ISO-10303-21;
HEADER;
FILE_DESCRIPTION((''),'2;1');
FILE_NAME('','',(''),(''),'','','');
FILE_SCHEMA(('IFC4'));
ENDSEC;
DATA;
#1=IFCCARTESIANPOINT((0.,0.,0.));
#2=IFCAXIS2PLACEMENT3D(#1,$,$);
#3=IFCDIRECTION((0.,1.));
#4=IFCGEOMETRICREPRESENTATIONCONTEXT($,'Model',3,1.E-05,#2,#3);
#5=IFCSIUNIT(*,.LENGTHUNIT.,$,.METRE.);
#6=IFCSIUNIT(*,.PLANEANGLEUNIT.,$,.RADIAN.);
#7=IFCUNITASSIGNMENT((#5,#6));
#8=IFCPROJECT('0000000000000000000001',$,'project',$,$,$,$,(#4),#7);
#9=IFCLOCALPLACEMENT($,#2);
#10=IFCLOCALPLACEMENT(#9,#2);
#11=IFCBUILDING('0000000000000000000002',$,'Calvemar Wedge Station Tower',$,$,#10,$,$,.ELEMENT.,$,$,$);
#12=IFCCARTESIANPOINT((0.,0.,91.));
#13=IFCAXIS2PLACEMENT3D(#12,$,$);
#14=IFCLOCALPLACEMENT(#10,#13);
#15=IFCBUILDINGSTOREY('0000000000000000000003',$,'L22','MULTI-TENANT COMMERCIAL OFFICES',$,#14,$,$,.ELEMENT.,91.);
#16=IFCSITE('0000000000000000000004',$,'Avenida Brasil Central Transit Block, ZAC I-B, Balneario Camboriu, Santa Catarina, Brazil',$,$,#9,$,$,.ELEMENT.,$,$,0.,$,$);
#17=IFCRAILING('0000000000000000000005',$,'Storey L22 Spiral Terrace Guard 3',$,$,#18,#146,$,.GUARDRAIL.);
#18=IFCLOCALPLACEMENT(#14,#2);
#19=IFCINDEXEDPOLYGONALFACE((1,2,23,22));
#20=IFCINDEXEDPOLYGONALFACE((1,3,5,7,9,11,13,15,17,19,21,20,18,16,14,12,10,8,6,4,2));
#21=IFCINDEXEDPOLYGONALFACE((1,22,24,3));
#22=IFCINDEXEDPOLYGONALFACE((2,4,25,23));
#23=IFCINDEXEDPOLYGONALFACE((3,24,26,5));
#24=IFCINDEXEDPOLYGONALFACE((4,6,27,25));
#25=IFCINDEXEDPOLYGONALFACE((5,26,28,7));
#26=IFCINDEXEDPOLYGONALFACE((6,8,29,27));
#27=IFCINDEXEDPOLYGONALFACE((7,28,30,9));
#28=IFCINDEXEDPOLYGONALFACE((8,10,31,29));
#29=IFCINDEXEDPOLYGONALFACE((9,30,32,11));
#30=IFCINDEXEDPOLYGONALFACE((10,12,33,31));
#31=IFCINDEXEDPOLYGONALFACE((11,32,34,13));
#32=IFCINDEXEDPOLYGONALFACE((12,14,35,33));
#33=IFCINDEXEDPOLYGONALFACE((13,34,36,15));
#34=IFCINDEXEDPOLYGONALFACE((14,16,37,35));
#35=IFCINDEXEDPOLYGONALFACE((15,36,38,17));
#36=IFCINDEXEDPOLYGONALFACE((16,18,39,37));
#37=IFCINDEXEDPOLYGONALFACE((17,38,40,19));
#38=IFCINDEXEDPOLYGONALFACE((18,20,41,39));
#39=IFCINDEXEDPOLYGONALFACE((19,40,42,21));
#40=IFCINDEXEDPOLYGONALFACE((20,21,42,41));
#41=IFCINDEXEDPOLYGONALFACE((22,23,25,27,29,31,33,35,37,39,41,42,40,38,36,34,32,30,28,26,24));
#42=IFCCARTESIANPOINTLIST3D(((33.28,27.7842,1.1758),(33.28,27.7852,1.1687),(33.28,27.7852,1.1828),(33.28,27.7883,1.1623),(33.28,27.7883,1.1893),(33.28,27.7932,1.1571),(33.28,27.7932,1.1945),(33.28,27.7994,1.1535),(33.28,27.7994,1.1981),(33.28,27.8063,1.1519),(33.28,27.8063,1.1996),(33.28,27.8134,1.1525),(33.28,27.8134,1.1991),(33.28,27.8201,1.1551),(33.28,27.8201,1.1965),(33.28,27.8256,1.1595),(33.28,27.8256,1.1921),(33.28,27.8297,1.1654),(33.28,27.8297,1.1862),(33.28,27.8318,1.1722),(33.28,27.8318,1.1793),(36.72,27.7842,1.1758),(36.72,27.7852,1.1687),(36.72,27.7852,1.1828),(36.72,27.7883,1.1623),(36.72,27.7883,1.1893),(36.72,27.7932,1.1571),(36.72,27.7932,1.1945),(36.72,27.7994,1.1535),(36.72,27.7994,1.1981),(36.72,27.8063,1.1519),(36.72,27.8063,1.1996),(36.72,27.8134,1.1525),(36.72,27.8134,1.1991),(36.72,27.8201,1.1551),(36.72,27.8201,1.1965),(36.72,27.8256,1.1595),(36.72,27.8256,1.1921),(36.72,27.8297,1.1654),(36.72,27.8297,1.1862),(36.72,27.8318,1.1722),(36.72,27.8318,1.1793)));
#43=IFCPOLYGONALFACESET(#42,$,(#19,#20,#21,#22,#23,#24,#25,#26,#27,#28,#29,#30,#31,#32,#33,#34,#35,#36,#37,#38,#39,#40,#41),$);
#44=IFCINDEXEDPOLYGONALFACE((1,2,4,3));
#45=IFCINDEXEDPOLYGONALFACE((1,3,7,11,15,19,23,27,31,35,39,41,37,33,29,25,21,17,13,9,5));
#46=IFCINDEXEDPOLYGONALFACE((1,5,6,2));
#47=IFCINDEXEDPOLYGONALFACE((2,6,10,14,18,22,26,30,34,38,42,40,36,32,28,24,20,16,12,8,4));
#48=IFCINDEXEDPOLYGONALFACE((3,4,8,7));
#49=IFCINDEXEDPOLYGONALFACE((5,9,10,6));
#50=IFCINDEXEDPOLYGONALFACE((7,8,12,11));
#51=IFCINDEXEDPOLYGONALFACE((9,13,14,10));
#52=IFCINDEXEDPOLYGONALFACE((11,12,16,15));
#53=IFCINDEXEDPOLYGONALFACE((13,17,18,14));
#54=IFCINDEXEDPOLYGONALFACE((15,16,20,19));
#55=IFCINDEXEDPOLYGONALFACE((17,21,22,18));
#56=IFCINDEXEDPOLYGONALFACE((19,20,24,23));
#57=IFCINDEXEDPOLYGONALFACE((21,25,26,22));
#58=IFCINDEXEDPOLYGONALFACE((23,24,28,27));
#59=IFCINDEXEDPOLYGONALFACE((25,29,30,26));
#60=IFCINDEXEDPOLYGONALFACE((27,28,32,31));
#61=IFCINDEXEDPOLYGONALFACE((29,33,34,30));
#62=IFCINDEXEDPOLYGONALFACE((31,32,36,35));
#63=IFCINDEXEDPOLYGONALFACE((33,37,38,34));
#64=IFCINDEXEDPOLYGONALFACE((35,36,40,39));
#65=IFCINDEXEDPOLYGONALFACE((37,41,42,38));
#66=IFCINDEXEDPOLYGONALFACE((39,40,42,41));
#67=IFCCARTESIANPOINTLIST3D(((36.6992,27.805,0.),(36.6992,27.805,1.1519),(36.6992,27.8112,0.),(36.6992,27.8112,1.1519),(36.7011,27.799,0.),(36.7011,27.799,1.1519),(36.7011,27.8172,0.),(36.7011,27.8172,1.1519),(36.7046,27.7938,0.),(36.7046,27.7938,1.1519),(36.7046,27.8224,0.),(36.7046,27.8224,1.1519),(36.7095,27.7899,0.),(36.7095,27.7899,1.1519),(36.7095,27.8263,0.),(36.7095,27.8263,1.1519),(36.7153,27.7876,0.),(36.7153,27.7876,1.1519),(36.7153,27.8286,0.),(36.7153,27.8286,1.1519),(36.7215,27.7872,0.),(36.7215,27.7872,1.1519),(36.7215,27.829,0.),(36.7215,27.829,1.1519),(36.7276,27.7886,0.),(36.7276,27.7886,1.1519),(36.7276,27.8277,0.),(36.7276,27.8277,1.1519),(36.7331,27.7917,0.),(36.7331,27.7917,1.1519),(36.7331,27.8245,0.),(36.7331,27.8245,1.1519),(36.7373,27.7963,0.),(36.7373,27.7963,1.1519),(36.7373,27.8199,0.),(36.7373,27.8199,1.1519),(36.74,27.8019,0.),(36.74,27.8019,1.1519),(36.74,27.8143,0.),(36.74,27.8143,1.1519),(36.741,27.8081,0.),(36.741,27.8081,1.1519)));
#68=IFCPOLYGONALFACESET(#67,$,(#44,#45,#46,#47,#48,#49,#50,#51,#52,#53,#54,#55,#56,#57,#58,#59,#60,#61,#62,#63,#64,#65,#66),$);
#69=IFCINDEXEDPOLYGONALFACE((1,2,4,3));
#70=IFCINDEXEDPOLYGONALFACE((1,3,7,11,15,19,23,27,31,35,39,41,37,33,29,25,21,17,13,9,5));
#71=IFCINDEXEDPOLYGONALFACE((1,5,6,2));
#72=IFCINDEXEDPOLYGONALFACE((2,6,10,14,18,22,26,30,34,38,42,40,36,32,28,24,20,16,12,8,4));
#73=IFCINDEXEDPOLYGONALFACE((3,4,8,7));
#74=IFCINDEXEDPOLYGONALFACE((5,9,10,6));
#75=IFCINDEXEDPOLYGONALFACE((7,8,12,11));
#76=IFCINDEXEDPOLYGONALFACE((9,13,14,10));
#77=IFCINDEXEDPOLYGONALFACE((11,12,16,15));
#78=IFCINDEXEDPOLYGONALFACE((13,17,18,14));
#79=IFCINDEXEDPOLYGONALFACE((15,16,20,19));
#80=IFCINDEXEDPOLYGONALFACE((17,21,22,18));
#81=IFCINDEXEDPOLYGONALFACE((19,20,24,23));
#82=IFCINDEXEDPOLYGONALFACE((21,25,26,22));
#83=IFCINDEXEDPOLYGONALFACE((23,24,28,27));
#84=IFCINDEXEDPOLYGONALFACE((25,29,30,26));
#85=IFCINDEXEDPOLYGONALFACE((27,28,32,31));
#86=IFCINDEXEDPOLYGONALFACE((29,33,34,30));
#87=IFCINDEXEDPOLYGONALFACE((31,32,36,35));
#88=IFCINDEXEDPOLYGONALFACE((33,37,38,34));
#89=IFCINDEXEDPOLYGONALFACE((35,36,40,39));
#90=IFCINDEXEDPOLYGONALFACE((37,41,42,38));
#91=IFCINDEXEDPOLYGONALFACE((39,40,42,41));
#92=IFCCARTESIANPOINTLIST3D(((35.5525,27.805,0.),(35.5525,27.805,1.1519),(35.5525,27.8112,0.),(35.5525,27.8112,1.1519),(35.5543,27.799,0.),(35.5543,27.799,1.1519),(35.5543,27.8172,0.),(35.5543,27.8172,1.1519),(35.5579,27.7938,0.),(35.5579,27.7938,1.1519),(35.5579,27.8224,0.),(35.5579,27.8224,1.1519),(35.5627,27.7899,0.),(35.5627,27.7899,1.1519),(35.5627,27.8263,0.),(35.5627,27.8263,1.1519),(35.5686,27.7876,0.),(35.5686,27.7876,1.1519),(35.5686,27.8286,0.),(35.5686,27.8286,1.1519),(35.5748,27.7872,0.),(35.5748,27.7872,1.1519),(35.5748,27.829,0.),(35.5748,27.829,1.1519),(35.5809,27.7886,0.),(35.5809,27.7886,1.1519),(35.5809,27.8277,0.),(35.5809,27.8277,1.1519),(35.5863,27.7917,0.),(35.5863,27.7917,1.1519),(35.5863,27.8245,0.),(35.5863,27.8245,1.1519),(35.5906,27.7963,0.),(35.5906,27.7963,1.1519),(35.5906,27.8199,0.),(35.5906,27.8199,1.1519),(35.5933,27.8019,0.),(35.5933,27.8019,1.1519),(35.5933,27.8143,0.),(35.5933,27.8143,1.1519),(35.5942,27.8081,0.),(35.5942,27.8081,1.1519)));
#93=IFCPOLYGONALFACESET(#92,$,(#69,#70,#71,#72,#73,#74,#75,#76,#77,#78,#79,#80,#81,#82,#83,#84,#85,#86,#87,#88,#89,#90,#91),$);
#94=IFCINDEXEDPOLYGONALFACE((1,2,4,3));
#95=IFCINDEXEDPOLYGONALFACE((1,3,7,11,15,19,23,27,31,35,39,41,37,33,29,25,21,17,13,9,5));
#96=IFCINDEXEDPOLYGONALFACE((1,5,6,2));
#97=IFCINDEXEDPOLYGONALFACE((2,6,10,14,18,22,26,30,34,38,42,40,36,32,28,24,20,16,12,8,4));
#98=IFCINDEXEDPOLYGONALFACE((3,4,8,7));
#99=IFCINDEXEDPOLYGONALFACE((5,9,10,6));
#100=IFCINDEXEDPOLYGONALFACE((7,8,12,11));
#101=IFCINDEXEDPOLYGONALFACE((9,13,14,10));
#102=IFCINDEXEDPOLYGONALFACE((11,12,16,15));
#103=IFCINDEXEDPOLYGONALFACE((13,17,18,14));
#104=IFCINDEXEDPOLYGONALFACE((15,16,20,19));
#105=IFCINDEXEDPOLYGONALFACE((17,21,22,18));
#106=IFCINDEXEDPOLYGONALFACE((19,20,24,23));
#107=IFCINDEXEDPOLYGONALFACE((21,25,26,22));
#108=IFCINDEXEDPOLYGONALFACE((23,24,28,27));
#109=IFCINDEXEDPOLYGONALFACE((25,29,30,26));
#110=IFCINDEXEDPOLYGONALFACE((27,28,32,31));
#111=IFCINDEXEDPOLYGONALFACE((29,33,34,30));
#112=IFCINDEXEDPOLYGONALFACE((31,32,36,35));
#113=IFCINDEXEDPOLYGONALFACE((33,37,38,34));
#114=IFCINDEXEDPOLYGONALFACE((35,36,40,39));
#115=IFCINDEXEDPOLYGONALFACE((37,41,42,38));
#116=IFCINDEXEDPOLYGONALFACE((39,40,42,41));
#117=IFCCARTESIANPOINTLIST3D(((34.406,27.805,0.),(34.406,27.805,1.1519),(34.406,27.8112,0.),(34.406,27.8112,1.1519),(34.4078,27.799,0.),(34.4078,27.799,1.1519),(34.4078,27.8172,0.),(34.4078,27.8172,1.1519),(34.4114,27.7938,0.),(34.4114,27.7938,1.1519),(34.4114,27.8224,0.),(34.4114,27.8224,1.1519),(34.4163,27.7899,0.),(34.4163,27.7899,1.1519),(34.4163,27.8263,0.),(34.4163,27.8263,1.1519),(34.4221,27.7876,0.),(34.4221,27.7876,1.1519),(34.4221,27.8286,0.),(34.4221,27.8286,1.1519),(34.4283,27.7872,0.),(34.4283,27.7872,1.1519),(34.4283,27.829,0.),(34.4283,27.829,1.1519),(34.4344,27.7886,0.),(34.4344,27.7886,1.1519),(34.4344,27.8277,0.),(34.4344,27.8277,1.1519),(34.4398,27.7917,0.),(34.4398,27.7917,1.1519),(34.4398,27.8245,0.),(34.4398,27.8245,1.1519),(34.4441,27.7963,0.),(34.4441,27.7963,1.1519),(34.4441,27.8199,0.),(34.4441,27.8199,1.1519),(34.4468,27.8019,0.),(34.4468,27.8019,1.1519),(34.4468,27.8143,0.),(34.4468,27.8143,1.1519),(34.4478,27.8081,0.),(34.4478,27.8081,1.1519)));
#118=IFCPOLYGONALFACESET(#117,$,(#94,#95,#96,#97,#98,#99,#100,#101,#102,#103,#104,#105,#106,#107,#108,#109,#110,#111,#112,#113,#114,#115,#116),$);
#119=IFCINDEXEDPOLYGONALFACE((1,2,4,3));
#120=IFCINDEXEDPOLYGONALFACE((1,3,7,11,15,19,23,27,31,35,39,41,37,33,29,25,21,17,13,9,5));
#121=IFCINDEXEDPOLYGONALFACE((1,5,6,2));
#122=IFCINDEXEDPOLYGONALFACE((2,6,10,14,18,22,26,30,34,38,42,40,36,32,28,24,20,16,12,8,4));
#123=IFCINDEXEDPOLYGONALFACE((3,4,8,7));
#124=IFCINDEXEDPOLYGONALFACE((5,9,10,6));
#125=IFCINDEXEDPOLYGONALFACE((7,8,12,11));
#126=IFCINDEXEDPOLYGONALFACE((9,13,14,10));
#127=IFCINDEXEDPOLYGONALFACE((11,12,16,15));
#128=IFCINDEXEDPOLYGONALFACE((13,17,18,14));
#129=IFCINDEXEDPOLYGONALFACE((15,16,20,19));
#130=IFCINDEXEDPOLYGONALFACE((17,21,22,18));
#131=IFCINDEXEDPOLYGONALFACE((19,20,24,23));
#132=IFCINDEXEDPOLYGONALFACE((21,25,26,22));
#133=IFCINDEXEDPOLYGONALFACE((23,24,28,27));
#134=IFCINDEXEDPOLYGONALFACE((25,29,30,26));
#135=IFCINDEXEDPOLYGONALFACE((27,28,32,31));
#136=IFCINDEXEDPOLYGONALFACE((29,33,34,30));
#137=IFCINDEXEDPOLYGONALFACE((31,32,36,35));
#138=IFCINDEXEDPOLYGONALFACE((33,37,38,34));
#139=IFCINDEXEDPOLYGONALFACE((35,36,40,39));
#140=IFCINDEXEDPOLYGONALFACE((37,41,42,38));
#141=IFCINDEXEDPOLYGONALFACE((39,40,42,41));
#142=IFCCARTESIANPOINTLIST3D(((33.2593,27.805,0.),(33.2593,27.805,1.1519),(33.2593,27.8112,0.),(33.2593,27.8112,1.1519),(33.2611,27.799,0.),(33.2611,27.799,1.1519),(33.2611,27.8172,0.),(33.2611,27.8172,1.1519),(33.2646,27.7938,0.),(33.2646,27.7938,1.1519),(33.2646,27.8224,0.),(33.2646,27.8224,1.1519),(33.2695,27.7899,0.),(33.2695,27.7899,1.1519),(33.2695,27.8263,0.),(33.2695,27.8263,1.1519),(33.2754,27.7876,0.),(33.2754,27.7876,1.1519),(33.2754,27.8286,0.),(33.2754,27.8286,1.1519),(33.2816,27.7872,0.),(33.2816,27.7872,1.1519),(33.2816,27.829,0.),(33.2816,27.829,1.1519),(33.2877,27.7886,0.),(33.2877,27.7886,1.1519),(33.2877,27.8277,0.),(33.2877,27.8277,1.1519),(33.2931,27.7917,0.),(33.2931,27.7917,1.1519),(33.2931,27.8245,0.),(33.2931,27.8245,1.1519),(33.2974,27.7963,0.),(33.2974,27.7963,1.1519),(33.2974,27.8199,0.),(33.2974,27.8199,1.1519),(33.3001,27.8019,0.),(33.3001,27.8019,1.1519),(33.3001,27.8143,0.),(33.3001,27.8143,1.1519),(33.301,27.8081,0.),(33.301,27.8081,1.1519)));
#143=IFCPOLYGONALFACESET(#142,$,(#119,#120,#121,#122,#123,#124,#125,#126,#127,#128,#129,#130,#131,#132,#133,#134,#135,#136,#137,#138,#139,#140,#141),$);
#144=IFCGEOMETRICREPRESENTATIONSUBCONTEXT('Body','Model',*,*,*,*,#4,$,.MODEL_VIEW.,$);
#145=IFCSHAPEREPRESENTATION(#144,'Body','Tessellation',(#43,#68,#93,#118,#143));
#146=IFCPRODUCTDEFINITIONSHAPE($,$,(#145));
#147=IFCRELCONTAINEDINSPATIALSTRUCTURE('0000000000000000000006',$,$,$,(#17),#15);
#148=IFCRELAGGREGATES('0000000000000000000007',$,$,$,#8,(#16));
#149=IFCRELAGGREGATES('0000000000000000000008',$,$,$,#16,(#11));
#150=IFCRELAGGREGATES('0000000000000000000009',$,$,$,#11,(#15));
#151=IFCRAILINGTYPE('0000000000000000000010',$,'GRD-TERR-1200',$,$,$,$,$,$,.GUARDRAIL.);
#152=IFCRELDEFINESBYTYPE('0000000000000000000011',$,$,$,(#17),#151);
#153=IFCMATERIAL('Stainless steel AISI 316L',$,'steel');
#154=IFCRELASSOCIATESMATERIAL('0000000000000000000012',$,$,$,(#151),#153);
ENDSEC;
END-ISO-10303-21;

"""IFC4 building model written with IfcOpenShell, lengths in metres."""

from ifc_helpers import new_model, si_unit, direction, frame, origin, origin_2d, place, context, subcontext, project, spatial, circle, extrude, material, type_object, element, save


model = new_model("IFC4")

# Units and contexts
model_context = context("Model", 3, precision=1e-05, world=origin(), true_north=direction((0.0, 1.0)))
body_context = subcontext(model_context, "Body", "Model", "MODEL_VIEW")
ifc_project = project(units=[si_unit("LENGTHUNIT", "METRE"), si_unit("PLANEANGLEUNIT", "RADIAN")], contexts=[model_context])

# Site, building, storey
site_placement = place(None, origin())
site = spatial("IfcSite", under=ifc_project, at=site_placement, Name="Avenida Brasil Central Transit Block, ZAC I-B, Balneario Camboriu, Santa Catarina, Brazil", CompositionType="ELEMENT", RefElevation=0.0)
building_placement = place(site_placement, origin())
building = spatial("IfcBuilding", under=site, at=building_placement, Name="Calvemar Wedge Station Tower", CompositionType="ELEMENT")
storey_placement = place(building_placement, frame((0.0, 0.0, 91.0)))
storey = spatial("IfcBuildingStorey", under=building, at=storey_placement, Name="L22", Description="MULTI-TENANT COMMERCIAL OFFICES", CompositionType="ELEMENT", Elevation=91.0)

# Railing
ifc_material_1 = material(Name="Stainless steel AISI 316L", Category="steel")
railing_type = type_object("IfcRailingType", Name="GRD-TERR-1200", PredefinedType="GUARDRAIL", material=ifc_material_1)
railing_1_placement = place(storey_placement, frame((36.72, 27.8081, 0.0)))
element("IfcRailing", 1, at=railing_1_placement, inside=storey, type_object=railing_type, Name="Storey L22 Spiral Terrace Guard 3", PredefinedType="GUARDRAIL", context=body_context, shape_type="SweptSolid", body=[
    extrude(circle(Radius=0.0239, at=origin_2d()), frame((0.0, 0.0, 1.1758), z_axis=(-1.0, 0.0, 0.0), x_axis=(0.0, -1.0, 0.0)), (0.0, 0.0, 1.0), 3.4399),
    extrude(circle(Radius=0.021, at=origin_2d()), origin(), (0.0, 0.0, 1.0), 1.1519),
    extrude(circle(Radius=0.021, at=origin_2d()), frame((-1.1467, 0.0, 0.0)), (0.0, 0.0, 1.0), 1.1519),
    extrude(circle(Radius=0.021, at=origin_2d()), frame((-2.2932, 0.0, 0.0)), (0.0, 0.0, 1.0), 1.1519),
    extrude(circle(Radius=0.021, at=origin_2d()), frame((-3.4399, 0.0, 0.0)), (0.0, 0.0, 1.0), 1.1519),
])

save(model, "model.ifc")
